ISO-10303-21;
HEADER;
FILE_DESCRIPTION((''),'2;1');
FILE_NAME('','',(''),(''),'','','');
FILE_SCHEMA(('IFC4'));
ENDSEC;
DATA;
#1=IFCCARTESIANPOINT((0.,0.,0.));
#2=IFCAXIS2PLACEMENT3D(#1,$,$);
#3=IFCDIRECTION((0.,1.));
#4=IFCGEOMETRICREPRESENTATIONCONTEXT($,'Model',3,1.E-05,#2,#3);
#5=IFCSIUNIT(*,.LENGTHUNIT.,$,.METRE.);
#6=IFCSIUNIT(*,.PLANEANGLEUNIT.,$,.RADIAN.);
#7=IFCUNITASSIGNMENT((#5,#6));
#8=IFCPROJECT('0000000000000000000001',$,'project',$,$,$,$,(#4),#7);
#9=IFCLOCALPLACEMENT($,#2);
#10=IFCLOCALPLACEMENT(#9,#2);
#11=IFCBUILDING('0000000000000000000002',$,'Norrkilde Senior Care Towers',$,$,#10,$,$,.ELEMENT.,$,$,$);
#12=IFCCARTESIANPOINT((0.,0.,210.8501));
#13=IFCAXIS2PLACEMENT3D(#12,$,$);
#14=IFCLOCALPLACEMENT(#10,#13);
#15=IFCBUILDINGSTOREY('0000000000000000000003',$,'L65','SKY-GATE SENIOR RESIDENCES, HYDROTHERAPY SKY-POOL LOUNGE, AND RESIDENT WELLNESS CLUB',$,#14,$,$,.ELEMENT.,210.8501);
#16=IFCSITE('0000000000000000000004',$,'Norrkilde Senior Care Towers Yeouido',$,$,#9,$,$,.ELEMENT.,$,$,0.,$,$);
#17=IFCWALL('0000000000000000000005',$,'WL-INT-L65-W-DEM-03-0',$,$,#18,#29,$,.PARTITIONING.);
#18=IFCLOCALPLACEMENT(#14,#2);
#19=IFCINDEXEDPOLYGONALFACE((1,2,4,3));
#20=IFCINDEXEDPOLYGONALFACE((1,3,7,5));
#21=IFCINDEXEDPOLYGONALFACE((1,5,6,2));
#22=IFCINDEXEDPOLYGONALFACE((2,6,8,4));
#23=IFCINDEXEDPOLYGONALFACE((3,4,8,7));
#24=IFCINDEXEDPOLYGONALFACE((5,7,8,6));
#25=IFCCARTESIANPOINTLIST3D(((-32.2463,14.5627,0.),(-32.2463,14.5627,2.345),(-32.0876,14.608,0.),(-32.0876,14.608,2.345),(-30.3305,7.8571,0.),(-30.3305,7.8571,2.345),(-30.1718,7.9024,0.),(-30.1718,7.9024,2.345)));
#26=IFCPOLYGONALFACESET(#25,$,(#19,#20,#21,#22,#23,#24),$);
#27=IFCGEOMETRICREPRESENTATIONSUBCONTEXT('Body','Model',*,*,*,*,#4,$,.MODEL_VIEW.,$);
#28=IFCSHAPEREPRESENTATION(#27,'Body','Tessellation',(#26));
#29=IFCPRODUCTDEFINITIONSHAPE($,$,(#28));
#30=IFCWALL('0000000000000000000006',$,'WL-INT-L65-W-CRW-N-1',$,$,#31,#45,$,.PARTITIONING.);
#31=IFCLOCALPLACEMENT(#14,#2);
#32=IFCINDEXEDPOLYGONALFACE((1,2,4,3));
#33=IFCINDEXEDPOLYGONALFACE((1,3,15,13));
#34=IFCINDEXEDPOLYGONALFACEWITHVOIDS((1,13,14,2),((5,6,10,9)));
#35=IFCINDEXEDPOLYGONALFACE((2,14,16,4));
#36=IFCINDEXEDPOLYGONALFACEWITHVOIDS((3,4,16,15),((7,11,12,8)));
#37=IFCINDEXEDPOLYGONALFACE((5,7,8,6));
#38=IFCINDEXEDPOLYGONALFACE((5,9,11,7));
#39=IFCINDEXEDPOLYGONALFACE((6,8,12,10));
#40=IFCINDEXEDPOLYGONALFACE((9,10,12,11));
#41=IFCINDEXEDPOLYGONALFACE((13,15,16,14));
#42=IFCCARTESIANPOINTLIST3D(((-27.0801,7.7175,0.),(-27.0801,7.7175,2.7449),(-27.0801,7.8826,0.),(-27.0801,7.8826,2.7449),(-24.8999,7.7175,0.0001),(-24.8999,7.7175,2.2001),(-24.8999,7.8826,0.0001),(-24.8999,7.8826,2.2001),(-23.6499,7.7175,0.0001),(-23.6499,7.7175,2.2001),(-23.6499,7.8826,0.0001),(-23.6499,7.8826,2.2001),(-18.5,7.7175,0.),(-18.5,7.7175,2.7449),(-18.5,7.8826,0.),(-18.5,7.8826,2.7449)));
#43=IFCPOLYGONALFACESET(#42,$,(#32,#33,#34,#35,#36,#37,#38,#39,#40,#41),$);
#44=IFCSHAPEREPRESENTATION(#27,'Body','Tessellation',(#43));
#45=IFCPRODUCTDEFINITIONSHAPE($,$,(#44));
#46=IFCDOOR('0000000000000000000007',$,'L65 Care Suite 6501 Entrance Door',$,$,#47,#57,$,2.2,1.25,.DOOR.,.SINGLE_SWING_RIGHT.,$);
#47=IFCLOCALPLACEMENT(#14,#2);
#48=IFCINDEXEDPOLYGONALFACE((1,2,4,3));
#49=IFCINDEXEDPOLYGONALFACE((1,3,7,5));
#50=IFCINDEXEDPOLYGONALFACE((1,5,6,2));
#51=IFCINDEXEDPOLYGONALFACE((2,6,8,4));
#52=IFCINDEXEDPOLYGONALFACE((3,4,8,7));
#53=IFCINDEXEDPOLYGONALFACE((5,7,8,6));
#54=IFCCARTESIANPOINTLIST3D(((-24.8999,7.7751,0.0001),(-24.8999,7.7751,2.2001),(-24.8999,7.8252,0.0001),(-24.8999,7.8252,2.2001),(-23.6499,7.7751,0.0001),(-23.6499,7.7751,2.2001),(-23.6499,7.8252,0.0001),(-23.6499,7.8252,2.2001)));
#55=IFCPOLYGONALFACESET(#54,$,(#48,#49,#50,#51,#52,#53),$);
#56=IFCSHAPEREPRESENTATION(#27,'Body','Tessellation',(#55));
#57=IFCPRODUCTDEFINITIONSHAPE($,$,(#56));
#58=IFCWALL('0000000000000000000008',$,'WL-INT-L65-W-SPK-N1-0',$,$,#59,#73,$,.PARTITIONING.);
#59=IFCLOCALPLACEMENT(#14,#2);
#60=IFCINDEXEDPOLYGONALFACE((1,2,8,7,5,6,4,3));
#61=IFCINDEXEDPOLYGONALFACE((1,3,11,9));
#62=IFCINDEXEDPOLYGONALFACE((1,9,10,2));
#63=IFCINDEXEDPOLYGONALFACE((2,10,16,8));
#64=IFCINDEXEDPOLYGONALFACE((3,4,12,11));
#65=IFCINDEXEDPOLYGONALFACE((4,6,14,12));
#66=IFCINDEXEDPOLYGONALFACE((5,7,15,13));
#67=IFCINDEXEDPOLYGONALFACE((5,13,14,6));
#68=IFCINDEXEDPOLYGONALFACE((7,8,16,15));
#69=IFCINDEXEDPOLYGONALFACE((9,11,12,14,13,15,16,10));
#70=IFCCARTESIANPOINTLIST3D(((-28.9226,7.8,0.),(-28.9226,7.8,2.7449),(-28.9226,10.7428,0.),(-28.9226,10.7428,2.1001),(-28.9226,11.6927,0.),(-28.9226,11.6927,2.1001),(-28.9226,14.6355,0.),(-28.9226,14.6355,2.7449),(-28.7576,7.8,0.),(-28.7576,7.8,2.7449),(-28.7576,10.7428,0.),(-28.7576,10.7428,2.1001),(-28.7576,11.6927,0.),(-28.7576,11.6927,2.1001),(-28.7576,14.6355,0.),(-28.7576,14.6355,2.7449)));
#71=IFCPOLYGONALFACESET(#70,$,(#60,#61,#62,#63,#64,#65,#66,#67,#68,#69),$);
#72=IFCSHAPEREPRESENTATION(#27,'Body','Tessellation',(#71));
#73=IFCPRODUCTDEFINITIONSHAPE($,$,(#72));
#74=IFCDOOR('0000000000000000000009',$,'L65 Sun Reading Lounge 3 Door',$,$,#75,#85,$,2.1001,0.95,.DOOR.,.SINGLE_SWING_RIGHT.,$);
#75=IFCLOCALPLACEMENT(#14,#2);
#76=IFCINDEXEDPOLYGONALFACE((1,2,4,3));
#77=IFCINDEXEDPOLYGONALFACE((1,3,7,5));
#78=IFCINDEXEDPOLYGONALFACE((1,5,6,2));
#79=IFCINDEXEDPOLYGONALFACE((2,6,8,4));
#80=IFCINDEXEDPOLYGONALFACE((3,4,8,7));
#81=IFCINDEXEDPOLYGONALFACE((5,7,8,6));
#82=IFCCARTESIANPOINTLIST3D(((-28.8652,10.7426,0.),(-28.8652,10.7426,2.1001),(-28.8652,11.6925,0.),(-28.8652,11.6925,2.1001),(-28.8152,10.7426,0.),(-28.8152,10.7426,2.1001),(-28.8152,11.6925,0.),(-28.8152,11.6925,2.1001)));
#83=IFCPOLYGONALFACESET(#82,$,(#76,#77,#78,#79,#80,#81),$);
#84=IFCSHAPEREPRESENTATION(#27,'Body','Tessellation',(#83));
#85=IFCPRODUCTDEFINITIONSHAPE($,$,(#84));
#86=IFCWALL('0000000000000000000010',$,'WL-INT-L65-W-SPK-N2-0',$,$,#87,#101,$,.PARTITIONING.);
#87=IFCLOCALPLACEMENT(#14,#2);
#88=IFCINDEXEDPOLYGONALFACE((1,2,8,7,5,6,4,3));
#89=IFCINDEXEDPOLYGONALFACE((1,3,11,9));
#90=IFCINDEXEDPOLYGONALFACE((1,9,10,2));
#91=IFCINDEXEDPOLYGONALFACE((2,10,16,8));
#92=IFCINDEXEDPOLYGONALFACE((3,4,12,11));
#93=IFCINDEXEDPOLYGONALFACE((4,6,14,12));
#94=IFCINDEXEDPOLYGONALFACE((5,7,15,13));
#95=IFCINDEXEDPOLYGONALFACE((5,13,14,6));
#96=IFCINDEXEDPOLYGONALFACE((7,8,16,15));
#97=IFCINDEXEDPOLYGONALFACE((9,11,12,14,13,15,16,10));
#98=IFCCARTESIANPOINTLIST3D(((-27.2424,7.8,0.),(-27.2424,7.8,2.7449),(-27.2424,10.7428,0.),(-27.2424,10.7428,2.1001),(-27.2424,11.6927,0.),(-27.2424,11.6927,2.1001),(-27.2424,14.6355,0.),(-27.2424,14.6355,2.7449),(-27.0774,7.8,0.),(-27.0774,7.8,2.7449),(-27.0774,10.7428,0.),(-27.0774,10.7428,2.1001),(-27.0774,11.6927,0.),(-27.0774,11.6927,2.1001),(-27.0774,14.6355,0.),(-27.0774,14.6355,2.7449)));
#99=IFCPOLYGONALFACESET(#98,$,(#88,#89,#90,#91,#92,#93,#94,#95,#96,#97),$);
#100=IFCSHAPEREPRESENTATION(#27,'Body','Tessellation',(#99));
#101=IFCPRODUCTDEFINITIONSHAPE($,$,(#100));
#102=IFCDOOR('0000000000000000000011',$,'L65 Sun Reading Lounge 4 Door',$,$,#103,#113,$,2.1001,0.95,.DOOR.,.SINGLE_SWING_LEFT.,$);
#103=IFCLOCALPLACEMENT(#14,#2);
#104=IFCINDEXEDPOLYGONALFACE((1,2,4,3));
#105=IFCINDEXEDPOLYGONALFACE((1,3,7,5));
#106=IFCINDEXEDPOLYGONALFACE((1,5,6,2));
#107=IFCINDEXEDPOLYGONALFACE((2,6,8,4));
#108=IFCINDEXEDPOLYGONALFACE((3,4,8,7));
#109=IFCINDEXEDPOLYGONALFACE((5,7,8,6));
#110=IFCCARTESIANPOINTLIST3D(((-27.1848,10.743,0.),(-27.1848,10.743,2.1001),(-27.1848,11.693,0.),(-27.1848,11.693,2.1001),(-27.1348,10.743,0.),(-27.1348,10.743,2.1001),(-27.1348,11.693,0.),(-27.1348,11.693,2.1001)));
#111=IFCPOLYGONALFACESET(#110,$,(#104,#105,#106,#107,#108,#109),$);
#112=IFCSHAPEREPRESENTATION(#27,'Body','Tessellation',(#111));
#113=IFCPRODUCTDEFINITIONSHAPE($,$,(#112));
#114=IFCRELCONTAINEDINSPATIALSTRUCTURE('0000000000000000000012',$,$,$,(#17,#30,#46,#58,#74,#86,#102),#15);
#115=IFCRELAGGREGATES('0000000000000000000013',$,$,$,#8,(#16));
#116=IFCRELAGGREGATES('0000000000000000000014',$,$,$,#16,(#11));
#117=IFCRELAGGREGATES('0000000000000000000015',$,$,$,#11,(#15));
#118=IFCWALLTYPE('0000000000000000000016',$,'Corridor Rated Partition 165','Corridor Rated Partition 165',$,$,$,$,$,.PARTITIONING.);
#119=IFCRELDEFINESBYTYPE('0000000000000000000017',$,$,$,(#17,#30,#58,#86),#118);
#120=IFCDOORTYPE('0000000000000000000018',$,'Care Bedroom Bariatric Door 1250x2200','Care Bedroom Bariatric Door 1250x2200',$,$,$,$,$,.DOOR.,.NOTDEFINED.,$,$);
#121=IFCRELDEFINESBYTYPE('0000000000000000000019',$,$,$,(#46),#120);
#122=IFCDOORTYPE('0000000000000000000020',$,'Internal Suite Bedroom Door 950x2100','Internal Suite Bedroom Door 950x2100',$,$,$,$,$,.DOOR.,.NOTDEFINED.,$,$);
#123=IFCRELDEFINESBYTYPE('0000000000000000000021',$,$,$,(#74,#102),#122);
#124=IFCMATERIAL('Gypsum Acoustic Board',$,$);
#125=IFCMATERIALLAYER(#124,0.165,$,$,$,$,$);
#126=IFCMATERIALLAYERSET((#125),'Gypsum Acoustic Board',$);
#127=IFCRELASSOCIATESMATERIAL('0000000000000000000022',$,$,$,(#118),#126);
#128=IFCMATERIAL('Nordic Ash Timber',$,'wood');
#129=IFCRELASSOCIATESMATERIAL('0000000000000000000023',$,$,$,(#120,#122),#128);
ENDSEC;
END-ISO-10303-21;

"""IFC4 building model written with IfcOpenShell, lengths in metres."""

from ifc_helpers import new_model, si_unit, direction, frame, frame_2d, origin, place, context, subcontext, project, spatial, rectangle, extrude, source, transform, mapped, material, layer, layer_set, type_object, type_shapes, element, fill, save


model = new_model("IFC4")

# Units and contexts
model_context = context("Model", 3, precision=1e-05, world=origin(), true_north=direction((0.0, 1.0)))
body_context = subcontext(model_context, "Body", "Model", "MODEL_VIEW")
ifc_project = project(units=[si_unit("LENGTHUNIT", "METRE"), si_unit("PLANEANGLEUNIT", "RADIAN")], contexts=[model_context])

# Site, building, storey
site_placement = place(None, origin())
site = spatial("IfcSite", under=ifc_project, at=site_placement, Name="Norrkilde Senior Care Towers Yeouido", CompositionType="ELEMENT", RefElevation=0.0)
building_placement = place(site_placement, origin())
building = spatial("IfcBuilding", under=site, at=building_placement, Name="Norrkilde Senior Care Towers", CompositionType="ELEMENT")
storey_placement = place(building_placement, frame((0.0, 0.0, 210.8501)))
storey = spatial("IfcBuildingStorey", under=building, at=storey_placement, Name="L65", Description="SKY-GATE SENIOR RESIDENCES, HYDROTHERAPY SKY-POOL LOUNGE, AND RESIDENT WELLNESS CLUB", CompositionType="ELEMENT", Elevation=210.8501)

# Wall
ifc_material_1 = material(Name="Gypsum Acoustic Board")
ifc_layer_1 = layer(ifc_material_1, 0.165)
ifc_layer_set_1 = layer_set([ifc_layer_1], Name="Gypsum Acoustic Board")
wall_type = type_object("IfcWallType", Name="Corridor Rated Partition 165", Description="Corridor Rated Partition 165", PredefinedType="PARTITIONING", material=ifc_layer_set_1)
shared_shape_1 = source(origin(), body_context, "Body", "SweptSolid", [
    extrude(rectangle(XDim=6.9739, YDim=0.165, at=frame_2d((3.4868, 0.0))), origin(), (0.0, 0.0, 1.0), 2.345),
])
for number, where, z_axis, x_axis, name in (
    (1, (-30.2512, 7.8799, 0.0), (0.0, 0.0, 1.0), (-0.274707, 0.961528, 0.0), "WL-INT-L65-W-DEM-03-0"),
):
    element("IfcWall", number, at=place(storey_placement, frame(where, z_axis=z_axis, x_axis=x_axis)), inside=storey, type_object=wall_type, Name=name, PredefinedType="PARTITIONING", context=body_context, shape_type="MappedRepresentation", body=[
        mapped(shared_shape_1, transform((0.0, 0.0, 0.0), x_axis=(1.0, 0.0, 0.0), y_axis=(0.0, 1.0, 0.0), z_axis=(0.0, 0.0, 1.0), scale=1.0)),
    ])

# Walls, openings, doors
shared_shape_2 = source(origin(), body_context, "Body", "SweptSolid", [
    extrude(rectangle(XDim=8.5801, YDim=0.165, at=frame_2d((4.29, 0.0))), origin(), (0.0, 0.0, 1.0), 2.7449),
])
wall_1_placement = place(storey_placement, frame((-27.0801, 7.8, 0.0), z_axis=(0.0, 0.0, 1.0), x_axis=(1.0, 0.0, 0.0)))
wall_1 = element("IfcWall", 2, at=wall_1_placement, inside=storey, type_object=wall_type, Name="WL-INT-L65-W-CRW-N-1", PredefinedType="PARTITIONING", context=body_context, shape_type="MappedRepresentation", body=[
    mapped(shared_shape_2, transform((0.0, 0.0, 0.0), x_axis=(1.0, 0.0, 0.0), y_axis=(0.0, 1.0, 0.0), z_axis=(0.0, 0.0, 1.0), scale=1.0)),
])
opening_1_placement = place(wall_1_placement, frame((2.1802, 0.0, 0.0)))
opening_1 = element("IfcOpeningElement", 3, at=opening_1_placement, cuts=wall_1, PredefinedType="OPENING", context=body_context, shape_type="SweptSolid", body=[
    extrude(rectangle(XDim=1.25, YDim=2.2, at=frame_2d((0.625, 1.1001))), frame((0.0, 0.0925, 0.0), z_axis=(0.0, -1.0, 0.0), x_axis=(1.0, 0.0, 0.0)), (0.0, 0.0, 1.0), 0.1851),
])
ifc_material_2 = material(Name="Nordic Ash Timber", Category="wood")
door_type_1 = type_object("IfcDoorType", Name="Care Bedroom Bariatric Door 1250x2200", Description="Care Bedroom Bariatric Door 1250x2200", OperationType="NOTDEFINED", PredefinedType="DOOR", material=ifc_material_2)
shared_shape_3 = source(origin(), body_context, "Body", "SweptSolid", [
    extrude(rectangle(XDim=1.25, YDim=2.2, at=frame_2d((0.625, 1.1001))), frame((0.0, 0.0249, 0.0), z_axis=(0.0, -1.0, 0.0), x_axis=(1.0, 0.0, 0.0)), (0.0, 0.0, 1.0), 0.05),
])
type_shapes(door_type_1, [shared_shape_3])
door_1_placement = place(opening_1_placement, frame((1.25, 0.0, 0.0), z_axis=(0.0, 0.0, 1.0), x_axis=(-1.0, 0.0, 0.0)))
door_1 = element("IfcDoor", 4, at=door_1_placement, inside=storey, type_object=door_type_1, Name="L65 Care Suite 6501 Entrance Door", OperationType="SINGLE_SWING_RIGHT", OverallHeight=2.2, OverallWidth=1.25, PredefinedType="DOOR", context=body_context, shape_type="MappedRepresentation", body=[
    mapped(shared_shape_3, transform((0.0, 0.0, 0.0), x_axis=(1.0, 0.0, 0.0), y_axis=(0.0, 1.0, 0.0), z_axis=(0.0, 0.0, 1.0), scale=1.0)),
])
fill(opening_1, door_1)
shared_shape_4 = source(origin(), body_context, "Body", "SweptSolid", [
    extrude(rectangle(XDim=6.8354, YDim=0.165, at=frame_2d((3.4177, 0.0))), origin(), (0.0, 0.0, 1.0), 2.7449),
])
type_shapes(wall_type, [shared_shape_1, shared_shape_2, shared_shape_4])
wall_2_placement = place(storey_placement, frame((-28.8401, 7.8, 0.0), z_axis=(0.0, 0.0, 1.0), x_axis=(0.0, 1.0, 0.0)))
wall_2 = element("IfcWall", 5, at=wall_2_placement, inside=storey, type_object=wall_type, Name="WL-INT-L65-W-SPK-N1-0", PredefinedType="PARTITIONING", context=body_context, shape_type="MappedRepresentation", body=[
    mapped(shared_shape_4, transform((0.0, 0.0, 0.0), x_axis=(1.0, 0.0, 0.0), y_axis=(0.0, 1.0, 0.0), z_axis=(0.0, 0.0, 1.0), scale=1.0)),
])
opening_2_placement = place(wall_2_placement, frame((2.9426, 0.0, 0.0)))
opening_2 = element("IfcOpeningElement", 6, at=opening_2_placement, cuts=wall_2, PredefinedType="OPENING", context=body_context, shape_type="SweptSolid", body=[
    extrude(rectangle(XDim=0.95, YDim=2.1001, at=frame_2d((0.4751, 1.05))), frame((0.0, 0.0925, 0.0), z_axis=(0.0, -1.0, 0.0), x_axis=(1.0, 0.0, 0.0)), (0.0, 0.0, 1.0), 0.1851),
])
door_type_2 = type_object("IfcDoorType", Name="Internal Suite Bedroom Door 950x2100", Description="Internal Suite Bedroom Door 950x2100", OperationType="NOTDEFINED", PredefinedType="DOOR", material=ifc_material_2)
shared_shape_5 = source(origin(), body_context, "Body", "SweptSolid", [
    extrude(rectangle(XDim=0.95, YDim=2.1001, at=frame_2d((0.4751, 1.05))), frame((0.0, 0.0249, 0.0), z_axis=(0.0, -1.0, 0.0), x_axis=(1.0, 0.0, 0.0)), (0.0, 0.0, 1.0), 0.05),
])
type_shapes(door_type_2, [shared_shape_5])
door_2_placement = place(opening_2_placement, frame((0.95, 0.0, 0.0), z_axis=(0.0, 0.0, 1.0), x_axis=(-1.0, 0.0, 0.0)))
door_2 = element("IfcDoor", 7, at=door_2_placement, inside=storey, type_object=door_type_2, Name="L65 Sun Reading Lounge 3 Door", OperationType="SINGLE_SWING_RIGHT", OverallHeight=2.1001, OverallWidth=0.95, PredefinedType="DOOR", context=body_context, shape_type="MappedRepresentation", body=[
    mapped(shared_shape_5, transform((0.0, 0.0, 0.0), x_axis=(1.0, 0.0, 0.0), y_axis=(0.0, 1.0, 0.0), z_axis=(0.0, 0.0, 1.0), scale=1.0)),
])
fill(opening_2, door_2)
wall_3_placement = place(storey_placement, frame((-27.1599, 14.6355, 0.0), z_axis=(0.0, 0.0, 1.0), x_axis=(0.0, -1.0, 0.0)))
wall_3 = element("IfcWall", 8, at=wall_3_placement, inside=storey, type_object=wall_type, Name="WL-INT-L65-W-SPK-N2-0", PredefinedType="PARTITIONING", context=body_context, shape_type="MappedRepresentation", body=[
    mapped(shared_shape_4, transform((0.0, 0.0, 0.0), x_axis=(1.0, 0.0, 0.0), y_axis=(0.0, 1.0, 0.0), z_axis=(0.0, 0.0, 1.0), scale=1.0)),
])
opening_3_placement = place(wall_3_placement, frame((2.9426, 0.0, 0.0)))
opening_3 = element("IfcOpeningElement", 9, at=opening_3_placement, cuts=wall_3, PredefinedType="OPENING", context=body_context, shape_type="SweptSolid", body=[
    extrude(rectangle(XDim=0.95, YDim=2.1001, at=frame_2d((0.4751, 1.05))), frame((0.0, 0.0925, 0.0), z_axis=(0.0, -1.0, 0.0), x_axis=(1.0, 0.0, 0.0)), (0.0, 0.0, 1.0), 0.1851),
])
door_3_placement = place(opening_3_placement, frame((0.95, 0.0, 0.0), z_axis=(0.0, 0.0, 1.0), x_axis=(-1.0, 0.0, 0.0)))
door_3 = element("IfcDoor", 10, at=door_3_placement, inside=storey, type_object=door_type_2, Name="L65 Sun Reading Lounge 4 Door", OperationType="SINGLE_SWING_LEFT", OverallHeight=2.1001, OverallWidth=0.95, PredefinedType="DOOR", context=body_context, shape_type="MappedRepresentation", body=[
    mapped(shared_shape_5, transform((0.0, 0.0, 0.0), x_axis=(1.0, 0.0, 0.0), y_axis=(0.0, 1.0, 0.0), z_axis=(0.0, 0.0, 1.0), scale=1.0)),
])
fill(opening_3, door_3)

save(model, "model.ifc")
